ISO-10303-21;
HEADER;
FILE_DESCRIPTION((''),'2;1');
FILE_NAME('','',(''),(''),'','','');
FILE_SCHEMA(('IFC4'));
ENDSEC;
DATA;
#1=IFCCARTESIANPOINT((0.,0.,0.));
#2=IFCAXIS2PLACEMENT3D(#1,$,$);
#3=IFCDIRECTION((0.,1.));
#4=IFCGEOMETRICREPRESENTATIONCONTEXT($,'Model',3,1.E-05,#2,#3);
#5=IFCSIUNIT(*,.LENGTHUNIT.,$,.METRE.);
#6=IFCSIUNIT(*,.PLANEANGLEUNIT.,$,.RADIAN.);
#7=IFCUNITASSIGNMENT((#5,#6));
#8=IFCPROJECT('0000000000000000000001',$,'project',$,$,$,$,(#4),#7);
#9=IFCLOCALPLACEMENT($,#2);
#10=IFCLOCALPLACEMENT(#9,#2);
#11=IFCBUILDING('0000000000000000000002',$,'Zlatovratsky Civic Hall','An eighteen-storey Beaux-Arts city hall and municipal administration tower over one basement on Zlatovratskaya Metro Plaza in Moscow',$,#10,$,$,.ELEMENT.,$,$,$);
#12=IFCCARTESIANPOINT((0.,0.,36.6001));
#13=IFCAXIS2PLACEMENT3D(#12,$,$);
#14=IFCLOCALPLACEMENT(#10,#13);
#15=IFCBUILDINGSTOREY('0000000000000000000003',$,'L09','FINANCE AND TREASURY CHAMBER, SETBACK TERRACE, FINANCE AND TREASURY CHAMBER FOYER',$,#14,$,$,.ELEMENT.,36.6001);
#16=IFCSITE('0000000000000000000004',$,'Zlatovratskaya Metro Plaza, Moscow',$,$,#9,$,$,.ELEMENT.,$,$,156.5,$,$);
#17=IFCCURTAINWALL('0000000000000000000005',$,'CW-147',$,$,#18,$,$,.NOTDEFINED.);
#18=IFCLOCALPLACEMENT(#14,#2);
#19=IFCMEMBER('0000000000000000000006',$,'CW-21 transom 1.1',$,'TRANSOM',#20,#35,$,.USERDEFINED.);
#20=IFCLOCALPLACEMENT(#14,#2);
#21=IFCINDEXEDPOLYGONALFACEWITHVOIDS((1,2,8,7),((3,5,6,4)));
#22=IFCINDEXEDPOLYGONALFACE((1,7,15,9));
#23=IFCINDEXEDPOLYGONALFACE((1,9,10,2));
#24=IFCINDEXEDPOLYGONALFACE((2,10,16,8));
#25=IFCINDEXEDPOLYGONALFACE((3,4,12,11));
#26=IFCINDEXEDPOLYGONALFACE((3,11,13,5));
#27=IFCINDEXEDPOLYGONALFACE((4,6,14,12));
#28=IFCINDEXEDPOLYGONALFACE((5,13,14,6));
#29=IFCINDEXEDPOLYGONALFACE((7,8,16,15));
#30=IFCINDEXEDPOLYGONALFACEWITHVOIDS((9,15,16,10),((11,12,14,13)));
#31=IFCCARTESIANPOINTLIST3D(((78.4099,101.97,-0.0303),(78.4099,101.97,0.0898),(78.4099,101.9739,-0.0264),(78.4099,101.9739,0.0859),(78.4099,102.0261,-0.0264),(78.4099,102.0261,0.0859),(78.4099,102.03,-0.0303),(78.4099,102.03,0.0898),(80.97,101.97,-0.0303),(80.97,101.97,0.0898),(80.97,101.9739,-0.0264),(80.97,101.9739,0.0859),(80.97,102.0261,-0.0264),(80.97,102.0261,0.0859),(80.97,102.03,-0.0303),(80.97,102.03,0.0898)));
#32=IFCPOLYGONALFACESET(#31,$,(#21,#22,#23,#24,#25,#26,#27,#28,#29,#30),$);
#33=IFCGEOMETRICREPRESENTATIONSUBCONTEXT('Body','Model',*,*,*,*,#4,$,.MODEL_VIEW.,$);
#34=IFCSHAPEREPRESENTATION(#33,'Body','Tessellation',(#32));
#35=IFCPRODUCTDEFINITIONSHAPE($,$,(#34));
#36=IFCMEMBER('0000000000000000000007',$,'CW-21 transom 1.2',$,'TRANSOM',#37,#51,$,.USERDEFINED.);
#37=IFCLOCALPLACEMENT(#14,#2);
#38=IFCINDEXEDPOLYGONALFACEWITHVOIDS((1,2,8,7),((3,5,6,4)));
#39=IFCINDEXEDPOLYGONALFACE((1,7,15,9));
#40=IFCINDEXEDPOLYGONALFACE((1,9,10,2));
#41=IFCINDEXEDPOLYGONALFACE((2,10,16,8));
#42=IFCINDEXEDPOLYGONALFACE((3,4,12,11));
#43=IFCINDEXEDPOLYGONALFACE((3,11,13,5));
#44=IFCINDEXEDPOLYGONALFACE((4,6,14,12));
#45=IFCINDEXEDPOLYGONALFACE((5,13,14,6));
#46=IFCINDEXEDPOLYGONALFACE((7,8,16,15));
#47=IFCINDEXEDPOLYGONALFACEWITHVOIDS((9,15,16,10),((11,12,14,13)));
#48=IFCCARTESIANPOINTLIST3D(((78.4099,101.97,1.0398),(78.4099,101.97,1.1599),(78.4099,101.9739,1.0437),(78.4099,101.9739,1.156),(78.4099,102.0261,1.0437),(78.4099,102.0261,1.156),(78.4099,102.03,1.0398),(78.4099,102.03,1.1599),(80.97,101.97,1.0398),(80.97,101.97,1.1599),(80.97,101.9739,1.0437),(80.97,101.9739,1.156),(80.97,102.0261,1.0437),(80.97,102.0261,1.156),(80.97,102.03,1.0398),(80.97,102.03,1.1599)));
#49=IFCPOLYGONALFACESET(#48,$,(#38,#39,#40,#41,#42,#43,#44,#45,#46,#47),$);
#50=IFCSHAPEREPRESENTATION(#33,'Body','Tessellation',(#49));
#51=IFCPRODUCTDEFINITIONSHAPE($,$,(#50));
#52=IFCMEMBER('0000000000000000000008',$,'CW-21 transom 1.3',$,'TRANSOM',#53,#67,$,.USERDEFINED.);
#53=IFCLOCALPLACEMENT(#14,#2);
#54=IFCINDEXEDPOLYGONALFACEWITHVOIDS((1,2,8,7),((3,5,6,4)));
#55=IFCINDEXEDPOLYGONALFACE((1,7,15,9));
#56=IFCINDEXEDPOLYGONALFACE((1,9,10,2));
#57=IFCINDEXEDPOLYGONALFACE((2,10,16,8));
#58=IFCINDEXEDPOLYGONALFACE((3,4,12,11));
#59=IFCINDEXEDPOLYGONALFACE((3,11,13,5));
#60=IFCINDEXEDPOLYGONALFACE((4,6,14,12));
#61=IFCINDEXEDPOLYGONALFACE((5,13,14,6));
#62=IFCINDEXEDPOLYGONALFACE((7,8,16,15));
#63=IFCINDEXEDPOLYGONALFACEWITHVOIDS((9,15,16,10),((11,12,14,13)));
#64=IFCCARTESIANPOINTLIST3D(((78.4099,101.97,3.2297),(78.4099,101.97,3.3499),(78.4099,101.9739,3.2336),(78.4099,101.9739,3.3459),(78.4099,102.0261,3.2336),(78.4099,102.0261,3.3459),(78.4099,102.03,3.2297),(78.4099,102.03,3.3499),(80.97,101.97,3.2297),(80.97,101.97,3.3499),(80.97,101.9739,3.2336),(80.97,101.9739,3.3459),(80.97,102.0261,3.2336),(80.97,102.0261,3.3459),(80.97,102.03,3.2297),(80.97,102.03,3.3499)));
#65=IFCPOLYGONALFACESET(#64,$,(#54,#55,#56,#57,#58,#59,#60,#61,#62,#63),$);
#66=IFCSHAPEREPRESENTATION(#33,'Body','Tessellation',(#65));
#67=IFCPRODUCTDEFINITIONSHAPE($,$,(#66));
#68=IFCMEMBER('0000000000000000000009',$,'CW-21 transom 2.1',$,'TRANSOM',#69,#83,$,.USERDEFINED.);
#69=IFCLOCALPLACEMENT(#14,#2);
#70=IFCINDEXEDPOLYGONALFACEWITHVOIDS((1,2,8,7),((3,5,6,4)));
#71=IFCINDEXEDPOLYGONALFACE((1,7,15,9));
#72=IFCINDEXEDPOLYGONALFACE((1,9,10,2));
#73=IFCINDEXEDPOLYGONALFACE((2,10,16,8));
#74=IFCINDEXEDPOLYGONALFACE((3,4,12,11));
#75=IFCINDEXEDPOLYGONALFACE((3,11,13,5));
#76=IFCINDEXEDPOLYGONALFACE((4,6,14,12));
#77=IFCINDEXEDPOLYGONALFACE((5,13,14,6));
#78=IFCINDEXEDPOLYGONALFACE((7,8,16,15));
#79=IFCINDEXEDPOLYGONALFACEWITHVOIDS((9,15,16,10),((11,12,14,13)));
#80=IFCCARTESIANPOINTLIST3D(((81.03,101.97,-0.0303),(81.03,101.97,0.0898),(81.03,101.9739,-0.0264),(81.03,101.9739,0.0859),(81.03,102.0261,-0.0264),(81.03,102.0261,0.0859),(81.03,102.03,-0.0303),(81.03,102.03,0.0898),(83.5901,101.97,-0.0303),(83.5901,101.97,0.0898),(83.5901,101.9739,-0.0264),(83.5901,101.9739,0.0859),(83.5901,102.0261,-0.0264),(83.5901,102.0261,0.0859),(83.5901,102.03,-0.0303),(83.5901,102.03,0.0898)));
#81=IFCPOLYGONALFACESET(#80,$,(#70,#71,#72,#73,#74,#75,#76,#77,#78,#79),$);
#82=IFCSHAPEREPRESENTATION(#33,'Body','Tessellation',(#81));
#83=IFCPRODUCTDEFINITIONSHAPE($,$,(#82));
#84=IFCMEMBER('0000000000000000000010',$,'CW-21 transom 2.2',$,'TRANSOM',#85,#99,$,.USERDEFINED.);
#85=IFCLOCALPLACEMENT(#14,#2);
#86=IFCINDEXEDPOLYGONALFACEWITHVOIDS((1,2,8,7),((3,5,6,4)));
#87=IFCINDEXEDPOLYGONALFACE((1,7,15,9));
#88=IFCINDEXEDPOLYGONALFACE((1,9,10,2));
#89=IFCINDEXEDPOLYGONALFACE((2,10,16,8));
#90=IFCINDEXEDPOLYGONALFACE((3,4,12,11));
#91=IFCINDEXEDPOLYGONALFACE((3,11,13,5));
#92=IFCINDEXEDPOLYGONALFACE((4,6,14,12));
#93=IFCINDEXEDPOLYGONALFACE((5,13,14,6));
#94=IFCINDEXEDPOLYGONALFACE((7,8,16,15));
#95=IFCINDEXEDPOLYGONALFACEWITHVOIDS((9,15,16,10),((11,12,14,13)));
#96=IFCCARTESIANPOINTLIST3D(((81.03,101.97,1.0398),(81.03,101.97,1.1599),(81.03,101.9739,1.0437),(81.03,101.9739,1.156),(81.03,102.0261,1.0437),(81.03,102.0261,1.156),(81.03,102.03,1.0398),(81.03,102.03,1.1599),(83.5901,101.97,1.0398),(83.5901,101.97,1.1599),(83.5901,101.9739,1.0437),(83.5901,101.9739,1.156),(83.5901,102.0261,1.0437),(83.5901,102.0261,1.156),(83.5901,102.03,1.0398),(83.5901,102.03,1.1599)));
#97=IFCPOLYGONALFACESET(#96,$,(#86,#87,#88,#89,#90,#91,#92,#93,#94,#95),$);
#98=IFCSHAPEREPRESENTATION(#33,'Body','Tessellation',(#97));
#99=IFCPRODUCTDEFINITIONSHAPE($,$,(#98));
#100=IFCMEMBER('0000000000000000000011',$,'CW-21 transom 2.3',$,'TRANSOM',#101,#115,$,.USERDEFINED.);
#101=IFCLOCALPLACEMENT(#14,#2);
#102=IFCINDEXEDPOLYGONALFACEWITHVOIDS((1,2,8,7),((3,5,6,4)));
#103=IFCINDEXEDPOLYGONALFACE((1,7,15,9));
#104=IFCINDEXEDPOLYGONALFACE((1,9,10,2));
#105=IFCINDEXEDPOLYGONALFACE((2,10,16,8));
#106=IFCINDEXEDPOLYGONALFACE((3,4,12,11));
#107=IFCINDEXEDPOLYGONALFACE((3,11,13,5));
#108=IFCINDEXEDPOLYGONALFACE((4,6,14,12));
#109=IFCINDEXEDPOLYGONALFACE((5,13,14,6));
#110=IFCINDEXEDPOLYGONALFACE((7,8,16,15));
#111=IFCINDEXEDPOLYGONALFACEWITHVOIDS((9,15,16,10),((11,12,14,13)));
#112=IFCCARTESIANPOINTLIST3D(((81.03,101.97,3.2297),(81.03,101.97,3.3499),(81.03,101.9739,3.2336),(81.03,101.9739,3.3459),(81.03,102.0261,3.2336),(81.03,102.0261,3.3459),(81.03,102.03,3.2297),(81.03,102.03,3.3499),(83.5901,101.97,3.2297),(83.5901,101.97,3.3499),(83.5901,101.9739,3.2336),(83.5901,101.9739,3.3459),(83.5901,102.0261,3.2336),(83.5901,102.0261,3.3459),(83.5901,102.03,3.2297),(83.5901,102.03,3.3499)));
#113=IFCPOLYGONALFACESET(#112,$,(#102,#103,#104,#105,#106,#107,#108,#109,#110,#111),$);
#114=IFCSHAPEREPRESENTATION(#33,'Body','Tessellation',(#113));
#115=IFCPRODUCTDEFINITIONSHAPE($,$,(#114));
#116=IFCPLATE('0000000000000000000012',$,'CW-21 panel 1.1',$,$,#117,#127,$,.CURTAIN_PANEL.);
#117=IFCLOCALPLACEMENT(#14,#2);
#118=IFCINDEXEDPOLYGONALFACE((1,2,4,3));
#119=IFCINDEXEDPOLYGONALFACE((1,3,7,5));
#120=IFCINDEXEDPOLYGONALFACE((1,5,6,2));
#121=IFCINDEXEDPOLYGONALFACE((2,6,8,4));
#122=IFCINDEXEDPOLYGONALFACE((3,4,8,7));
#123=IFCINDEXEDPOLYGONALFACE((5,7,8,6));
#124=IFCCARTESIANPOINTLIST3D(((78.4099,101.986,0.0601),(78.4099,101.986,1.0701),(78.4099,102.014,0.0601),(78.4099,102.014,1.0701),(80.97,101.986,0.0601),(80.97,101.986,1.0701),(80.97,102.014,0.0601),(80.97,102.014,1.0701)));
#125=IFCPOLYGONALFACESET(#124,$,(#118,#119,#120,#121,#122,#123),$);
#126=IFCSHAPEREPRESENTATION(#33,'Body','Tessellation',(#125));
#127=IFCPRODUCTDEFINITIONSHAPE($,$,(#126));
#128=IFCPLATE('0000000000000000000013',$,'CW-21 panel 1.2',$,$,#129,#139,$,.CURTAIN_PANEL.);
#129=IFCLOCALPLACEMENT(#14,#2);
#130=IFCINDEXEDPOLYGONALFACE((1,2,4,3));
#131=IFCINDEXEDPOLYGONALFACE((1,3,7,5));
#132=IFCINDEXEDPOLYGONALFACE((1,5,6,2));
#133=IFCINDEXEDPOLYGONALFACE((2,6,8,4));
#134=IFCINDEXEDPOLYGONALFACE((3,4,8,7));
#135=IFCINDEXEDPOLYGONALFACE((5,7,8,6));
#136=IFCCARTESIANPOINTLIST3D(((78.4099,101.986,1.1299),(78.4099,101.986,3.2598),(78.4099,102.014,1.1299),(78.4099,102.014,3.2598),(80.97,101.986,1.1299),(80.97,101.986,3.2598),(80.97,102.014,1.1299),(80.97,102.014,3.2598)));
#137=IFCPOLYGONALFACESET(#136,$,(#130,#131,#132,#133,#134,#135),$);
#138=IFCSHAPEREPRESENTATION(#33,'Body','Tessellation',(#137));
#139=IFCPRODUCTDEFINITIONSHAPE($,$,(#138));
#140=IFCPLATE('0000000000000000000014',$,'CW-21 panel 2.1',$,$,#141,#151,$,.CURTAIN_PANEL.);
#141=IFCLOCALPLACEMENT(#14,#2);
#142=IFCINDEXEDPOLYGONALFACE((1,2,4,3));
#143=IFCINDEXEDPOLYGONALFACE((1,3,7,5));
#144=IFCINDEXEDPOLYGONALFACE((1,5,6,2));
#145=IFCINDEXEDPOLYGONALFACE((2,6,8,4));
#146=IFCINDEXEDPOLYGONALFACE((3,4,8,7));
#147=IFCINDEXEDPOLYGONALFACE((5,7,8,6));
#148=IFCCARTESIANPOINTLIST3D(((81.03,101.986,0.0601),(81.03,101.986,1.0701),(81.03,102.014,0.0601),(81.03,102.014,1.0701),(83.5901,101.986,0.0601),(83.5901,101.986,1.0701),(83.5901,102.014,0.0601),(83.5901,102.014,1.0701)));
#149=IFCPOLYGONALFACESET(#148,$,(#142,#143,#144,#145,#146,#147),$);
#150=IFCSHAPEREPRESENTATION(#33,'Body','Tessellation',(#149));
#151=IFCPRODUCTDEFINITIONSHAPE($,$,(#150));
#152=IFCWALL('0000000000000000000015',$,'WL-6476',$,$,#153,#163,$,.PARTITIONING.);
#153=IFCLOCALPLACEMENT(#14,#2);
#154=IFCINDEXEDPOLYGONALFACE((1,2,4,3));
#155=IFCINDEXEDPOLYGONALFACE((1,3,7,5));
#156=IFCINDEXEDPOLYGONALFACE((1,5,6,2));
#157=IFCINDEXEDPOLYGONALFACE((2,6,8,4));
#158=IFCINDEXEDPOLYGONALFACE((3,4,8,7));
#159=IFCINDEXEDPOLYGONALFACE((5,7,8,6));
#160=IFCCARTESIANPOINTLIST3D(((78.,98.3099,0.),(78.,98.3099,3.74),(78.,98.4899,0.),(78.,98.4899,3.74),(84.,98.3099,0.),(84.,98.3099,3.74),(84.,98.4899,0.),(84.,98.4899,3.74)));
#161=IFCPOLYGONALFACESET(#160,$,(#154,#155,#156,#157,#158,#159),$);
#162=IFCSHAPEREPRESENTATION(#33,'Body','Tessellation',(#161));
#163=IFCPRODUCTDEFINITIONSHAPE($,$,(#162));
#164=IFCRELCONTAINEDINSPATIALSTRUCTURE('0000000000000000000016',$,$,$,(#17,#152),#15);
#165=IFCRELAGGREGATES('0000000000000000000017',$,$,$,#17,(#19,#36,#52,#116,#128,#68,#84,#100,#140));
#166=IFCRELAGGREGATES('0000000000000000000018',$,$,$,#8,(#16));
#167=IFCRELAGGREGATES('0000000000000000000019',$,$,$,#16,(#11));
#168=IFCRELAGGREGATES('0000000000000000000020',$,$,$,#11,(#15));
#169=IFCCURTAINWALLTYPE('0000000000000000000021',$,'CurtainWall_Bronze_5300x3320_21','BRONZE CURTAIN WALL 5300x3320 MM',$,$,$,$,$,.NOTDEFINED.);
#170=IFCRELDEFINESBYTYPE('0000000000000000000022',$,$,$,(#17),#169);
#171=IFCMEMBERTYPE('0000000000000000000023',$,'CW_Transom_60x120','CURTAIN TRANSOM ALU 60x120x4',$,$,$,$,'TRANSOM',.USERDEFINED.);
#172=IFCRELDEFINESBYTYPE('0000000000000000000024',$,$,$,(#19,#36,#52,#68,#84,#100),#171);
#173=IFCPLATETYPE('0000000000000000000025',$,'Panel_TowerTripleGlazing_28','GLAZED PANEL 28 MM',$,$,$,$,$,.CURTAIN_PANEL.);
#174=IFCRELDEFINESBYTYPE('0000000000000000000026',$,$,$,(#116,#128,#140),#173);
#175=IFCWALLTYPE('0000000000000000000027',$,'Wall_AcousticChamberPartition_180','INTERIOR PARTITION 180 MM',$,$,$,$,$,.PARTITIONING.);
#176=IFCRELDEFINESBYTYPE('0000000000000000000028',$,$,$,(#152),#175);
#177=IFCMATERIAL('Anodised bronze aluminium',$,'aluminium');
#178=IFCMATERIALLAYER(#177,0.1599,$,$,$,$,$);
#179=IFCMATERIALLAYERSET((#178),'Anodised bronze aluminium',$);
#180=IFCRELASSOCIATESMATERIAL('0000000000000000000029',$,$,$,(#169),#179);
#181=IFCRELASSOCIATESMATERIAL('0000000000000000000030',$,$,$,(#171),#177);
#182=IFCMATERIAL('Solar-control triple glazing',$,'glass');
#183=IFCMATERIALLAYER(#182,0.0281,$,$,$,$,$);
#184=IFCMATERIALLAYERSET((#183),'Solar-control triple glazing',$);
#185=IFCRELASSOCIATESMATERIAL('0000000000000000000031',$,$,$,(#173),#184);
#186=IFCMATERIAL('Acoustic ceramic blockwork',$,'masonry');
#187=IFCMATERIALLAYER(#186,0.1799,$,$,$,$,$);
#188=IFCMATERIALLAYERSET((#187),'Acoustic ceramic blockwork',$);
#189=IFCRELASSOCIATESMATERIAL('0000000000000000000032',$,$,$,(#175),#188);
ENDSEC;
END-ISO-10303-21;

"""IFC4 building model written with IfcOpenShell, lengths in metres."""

from ifc_helpers import new_model, si_unit, direction, frame, frame_2d, origin, origin_2d, place, context, subcontext, project, spatial, rectangle, hollow_rectangle, extrude, material, layer, layer_set, material_profile, profile_set, type_object, element, aggregate, save


model = new_model("IFC4")

# Units and contexts
model_context = context("Model", 3, precision=1e-05, world=origin(), true_north=direction((0.0, 1.0)))
body_context = subcontext(model_context, "Body", "Model", "MODEL_VIEW")
ifc_project = project(units=[si_unit("LENGTHUNIT", "METRE"), si_unit("PLANEANGLEUNIT", "RADIAN")], contexts=[model_context])

# Site, building, storey
site_placement = place(None, origin())
site = spatial("IfcSite", under=ifc_project, at=site_placement, Name="Zlatovratskaya Metro Plaza, Moscow", CompositionType="ELEMENT", RefElevation=156.5)
building_placement = place(site_placement, origin())
building = spatial("IfcBuilding", under=site, at=building_placement, Name="Zlatovratsky Civic Hall", Description="An eighteen-storey Beaux-Arts city hall and municipal administration tower over one basement on Zlatovratskaya Metro Plaza in Moscow", CompositionType="ELEMENT")
storey_placement = place(building_placement, frame((0.0, 0.0, 36.6001)))
storey = spatial("IfcBuildingStorey", under=building, at=storey_placement, Name="L09", Description="FINANCE AND TREASURY CHAMBER, SETBACK TERRACE, FINANCE AND TREASURY CHAMBER FOYER", CompositionType="ELEMENT", Elevation=36.6001)

# Curtain wall, members, plates
ifc_material_1 = material(Name="Anodised bronze aluminium", Category="aluminium")
ifc_layer_1 = layer(ifc_material_1, 0.1599)
ifc_layer_set_1 = layer_set([ifc_layer_1], Name="Anodised bronze aluminium")
curtain_wall_type = type_object("IfcCurtainWallType", Name="CurtainWall_Bronze_5300x3320_21", Description="BRONZE CURTAIN WALL 5300x3320 MM", PredefinedType="NOTDEFINED", material=ifc_layer_set_1)
curtain_wall_placement = place(storey_placement, origin())
curtain_wall = element("IfcCurtainWall", 1, at=curtain_wall_placement, inside=storey, type_object=curtain_wall_type, Name="CW-147", PredefinedType="NOTDEFINED")
ifc_material_profile_1 = material_profile(ifc_material_1, hollow_rectangle(XDim=0.0601, YDim=0.1201, WallThickness=0.0039, at=origin_2d()), Name="ALU 60x120x4")
ifc_profile_set_1 = profile_set([ifc_material_profile_1], Name="Anodised bronze aluminium")
member_type_1 = type_object("IfcMemberType", Name="CW_Transom_60x120", Description="CURTAIN TRANSOM ALU 60x120x4", ElementType="TRANSOM", PredefinedType="USERDEFINED", material=ifc_profile_set_1)
member_1_placement = place(storey_placement, frame((78.4099, 102.0, 0.0298), z_axis=(1.0, 0.0, 0.0), x_axis=(0.0, 1.0, 0.0)))
member_1 = element("IfcMember", 2, at=member_1_placement, type_object=member_type_1, Name="CW-21 transom 1.1", ObjectType="TRANSOM", PredefinedType="USERDEFINED", context=body_context, shape_type="SweptSolid", body=[
    extrude(hollow_rectangle(XDim=0.0601, YDim=0.1201, WallThickness=0.0039, at=origin_2d()), origin(), (0.0, 0.0, 1.0), 2.5601),
])
member_2_placement = place(storey_placement, frame((78.4099, 102.0, 1.0999), z_axis=(1.0, 0.0, 0.0), x_axis=(0.0, 1.0, 0.0)))
member_2 = element("IfcMember", 3, at=member_2_placement, type_object=member_type_1, Name="CW-21 transom 1.2", ObjectType="TRANSOM", PredefinedType="USERDEFINED", context=body_context, shape_type="SweptSolid", body=[
    extrude(hollow_rectangle(XDim=0.0601, YDim=0.1201, WallThickness=0.0039, at=origin_2d()), origin(), (0.0, 0.0, 1.0), 2.5601),
])
member_3_placement = place(storey_placement, frame((78.4099, 102.0, 3.2898), z_axis=(1.0, 0.0, 0.0), x_axis=(0.0, 1.0, 0.0)))
member_3 = element("IfcMember", 4, at=member_3_placement, type_object=member_type_1, Name="CW-21 transom 1.3", ObjectType="TRANSOM", PredefinedType="USERDEFINED", context=body_context, shape_type="SweptSolid", body=[
    extrude(hollow_rectangle(XDim=0.0601, YDim=0.1201, WallThickness=0.0039, at=origin_2d()), origin(), (0.0, 0.0, 1.0), 2.5601),
])
member_4_placement = place(storey_placement, frame((81.03, 102.0, 0.0298), z_axis=(1.0, 0.0, 0.0), x_axis=(0.0, 1.0, 0.0)))
member_4 = element("IfcMember", 5, at=member_4_placement, type_object=member_type_1, Name="CW-21 transom 2.1", ObjectType="TRANSOM", PredefinedType="USERDEFINED", context=body_context, shape_type="SweptSolid", body=[
    extrude(hollow_rectangle(XDim=0.0601, YDim=0.1201, WallThickness=0.0039, at=origin_2d()), origin(), (0.0, 0.0, 1.0), 2.5601),
])
member_5_placement = place(storey_placement, frame((81.03, 102.0, 1.0999), z_axis=(1.0, 0.0, 0.0), x_axis=(0.0, 1.0, 0.0)))
member_5 = element("IfcMember", 6, at=member_5_placement, type_object=member_type_1, Name="CW-21 transom 2.2", ObjectType="TRANSOM", PredefinedType="USERDEFINED", context=body_context, shape_type="SweptSolid", body=[
    extrude(hollow_rectangle(XDim=0.0601, YDim=0.1201, WallThickness=0.0039, at=origin_2d()), origin(), (0.0, 0.0, 1.0), 2.5601),
])
member_6_placement = place(storey_placement, frame((81.03, 102.0, 3.2898), z_axis=(1.0, 0.0, 0.0), x_axis=(0.0, 1.0, 0.0)))
member_6 = element("IfcMember", 7, at=member_6_placement, type_object=member_type_1, Name="CW-21 transom 2.3", ObjectType="TRANSOM", PredefinedType="USERDEFINED", context=body_context, shape_type="SweptSolid", body=[
    extrude(hollow_rectangle(XDim=0.0601, YDim=0.1201, WallThickness=0.0039, at=origin_2d()), origin(), (0.0, 0.0, 1.0), 2.5601),
])
ifc_material_2 = material(Name="Solar-control triple glazing", Category="glass")
ifc_layer_2 = layer(ifc_material_2, 0.0281)
ifc_layer_set_2 = layer_set([ifc_layer_2], Name="Solar-control triple glazing")
plate_type = type_object("IfcPlateType", Name="Panel_TowerTripleGlazing_28", Description="GLAZED PANEL 28 MM", PredefinedType="CURTAIN_PANEL", material=ifc_layer_set_2)
plate_1_placement = place(storey_placement, frame((79.6899, 102.0, 0.0601), z_axis=(0.0, 0.0, 1.0), x_axis=(1.0, 0.0, 0.0)))
plate_1 = element("IfcPlate", 8, at=plate_1_placement, type_object=plate_type, Name="CW-21 panel 1.1", PredefinedType="CURTAIN_PANEL", context=body_context, shape_type="SweptSolid", body=[
    extrude(rectangle(XDim=2.5601, YDim=0.0281, at=origin_2d()), origin(), (0.0, 0.0, 1.0), 1.01),
])
plate_2_placement = place(storey_placement, frame((79.6899, 102.0, 1.1299), z_axis=(0.0, 0.0, 1.0), x_axis=(1.0, 0.0, 0.0)))
plate_2 = element("IfcPlate", 9, at=plate_2_placement, type_object=plate_type, Name="CW-21 panel 1.2", PredefinedType="CURTAIN_PANEL", context=body_context, shape_type="SweptSolid", body=[
    extrude(rectangle(XDim=2.5601, YDim=0.0281, at=origin_2d()), origin(), (0.0, 0.0, 1.0), 2.1299),
])
plate_3_placement = place(storey_placement, frame((82.3101, 102.0, 0.0601), z_axis=(0.0, 0.0, 1.0), x_axis=(1.0, 0.0, 0.0)))
plate_3 = element("IfcPlate", 10, at=plate_3_placement, type_object=plate_type, Name="CW-21 panel 2.1", PredefinedType="CURTAIN_PANEL", context=body_context, shape_type="SweptSolid", body=[
    extrude(rectangle(XDim=2.5601, YDim=0.0281, at=origin_2d()), origin(), (0.0, 0.0, 1.0), 1.01),
])
aggregate(curtain_wall, [member_1, member_2, member_3, plate_1, plate_2, member_4, member_5, member_6, plate_3])

# Wall
ifc_material_3 = material(Name="Acoustic ceramic blockwork", Category="masonry")
ifc_layer_3 = layer(ifc_material_3, 0.1799)
ifc_layer_set_3 = layer_set([ifc_layer_3], Name="Acoustic ceramic blockwork")
wall_type_1 = type_object("IfcWallType", Name="Wall_AcousticChamberPartition_180", Description="INTERIOR PARTITION 180 MM", PredefinedType="PARTITIONING", material=ifc_layer_set_3)
wall_1_placement = place(storey_placement, frame((78.0, 98.3999, 0.0), z_axis=(0.0, 0.0, 1.0), x_axis=(1.0, 0.0, 0.0)))
element("IfcWall", 11, at=wall_1_placement, inside=storey, type_object=wall_type_1, Name="WL-6476", PredefinedType="PARTITIONING", context=body_context, shape_type="SweptSolid", body=[
    extrude(rectangle(XDim=6.0, YDim=0.1799, at=frame_2d((3.0, 0.0))), origin(), (0.0, 0.0, 1.0), 3.74),
])

save(model, "model.ifc")
